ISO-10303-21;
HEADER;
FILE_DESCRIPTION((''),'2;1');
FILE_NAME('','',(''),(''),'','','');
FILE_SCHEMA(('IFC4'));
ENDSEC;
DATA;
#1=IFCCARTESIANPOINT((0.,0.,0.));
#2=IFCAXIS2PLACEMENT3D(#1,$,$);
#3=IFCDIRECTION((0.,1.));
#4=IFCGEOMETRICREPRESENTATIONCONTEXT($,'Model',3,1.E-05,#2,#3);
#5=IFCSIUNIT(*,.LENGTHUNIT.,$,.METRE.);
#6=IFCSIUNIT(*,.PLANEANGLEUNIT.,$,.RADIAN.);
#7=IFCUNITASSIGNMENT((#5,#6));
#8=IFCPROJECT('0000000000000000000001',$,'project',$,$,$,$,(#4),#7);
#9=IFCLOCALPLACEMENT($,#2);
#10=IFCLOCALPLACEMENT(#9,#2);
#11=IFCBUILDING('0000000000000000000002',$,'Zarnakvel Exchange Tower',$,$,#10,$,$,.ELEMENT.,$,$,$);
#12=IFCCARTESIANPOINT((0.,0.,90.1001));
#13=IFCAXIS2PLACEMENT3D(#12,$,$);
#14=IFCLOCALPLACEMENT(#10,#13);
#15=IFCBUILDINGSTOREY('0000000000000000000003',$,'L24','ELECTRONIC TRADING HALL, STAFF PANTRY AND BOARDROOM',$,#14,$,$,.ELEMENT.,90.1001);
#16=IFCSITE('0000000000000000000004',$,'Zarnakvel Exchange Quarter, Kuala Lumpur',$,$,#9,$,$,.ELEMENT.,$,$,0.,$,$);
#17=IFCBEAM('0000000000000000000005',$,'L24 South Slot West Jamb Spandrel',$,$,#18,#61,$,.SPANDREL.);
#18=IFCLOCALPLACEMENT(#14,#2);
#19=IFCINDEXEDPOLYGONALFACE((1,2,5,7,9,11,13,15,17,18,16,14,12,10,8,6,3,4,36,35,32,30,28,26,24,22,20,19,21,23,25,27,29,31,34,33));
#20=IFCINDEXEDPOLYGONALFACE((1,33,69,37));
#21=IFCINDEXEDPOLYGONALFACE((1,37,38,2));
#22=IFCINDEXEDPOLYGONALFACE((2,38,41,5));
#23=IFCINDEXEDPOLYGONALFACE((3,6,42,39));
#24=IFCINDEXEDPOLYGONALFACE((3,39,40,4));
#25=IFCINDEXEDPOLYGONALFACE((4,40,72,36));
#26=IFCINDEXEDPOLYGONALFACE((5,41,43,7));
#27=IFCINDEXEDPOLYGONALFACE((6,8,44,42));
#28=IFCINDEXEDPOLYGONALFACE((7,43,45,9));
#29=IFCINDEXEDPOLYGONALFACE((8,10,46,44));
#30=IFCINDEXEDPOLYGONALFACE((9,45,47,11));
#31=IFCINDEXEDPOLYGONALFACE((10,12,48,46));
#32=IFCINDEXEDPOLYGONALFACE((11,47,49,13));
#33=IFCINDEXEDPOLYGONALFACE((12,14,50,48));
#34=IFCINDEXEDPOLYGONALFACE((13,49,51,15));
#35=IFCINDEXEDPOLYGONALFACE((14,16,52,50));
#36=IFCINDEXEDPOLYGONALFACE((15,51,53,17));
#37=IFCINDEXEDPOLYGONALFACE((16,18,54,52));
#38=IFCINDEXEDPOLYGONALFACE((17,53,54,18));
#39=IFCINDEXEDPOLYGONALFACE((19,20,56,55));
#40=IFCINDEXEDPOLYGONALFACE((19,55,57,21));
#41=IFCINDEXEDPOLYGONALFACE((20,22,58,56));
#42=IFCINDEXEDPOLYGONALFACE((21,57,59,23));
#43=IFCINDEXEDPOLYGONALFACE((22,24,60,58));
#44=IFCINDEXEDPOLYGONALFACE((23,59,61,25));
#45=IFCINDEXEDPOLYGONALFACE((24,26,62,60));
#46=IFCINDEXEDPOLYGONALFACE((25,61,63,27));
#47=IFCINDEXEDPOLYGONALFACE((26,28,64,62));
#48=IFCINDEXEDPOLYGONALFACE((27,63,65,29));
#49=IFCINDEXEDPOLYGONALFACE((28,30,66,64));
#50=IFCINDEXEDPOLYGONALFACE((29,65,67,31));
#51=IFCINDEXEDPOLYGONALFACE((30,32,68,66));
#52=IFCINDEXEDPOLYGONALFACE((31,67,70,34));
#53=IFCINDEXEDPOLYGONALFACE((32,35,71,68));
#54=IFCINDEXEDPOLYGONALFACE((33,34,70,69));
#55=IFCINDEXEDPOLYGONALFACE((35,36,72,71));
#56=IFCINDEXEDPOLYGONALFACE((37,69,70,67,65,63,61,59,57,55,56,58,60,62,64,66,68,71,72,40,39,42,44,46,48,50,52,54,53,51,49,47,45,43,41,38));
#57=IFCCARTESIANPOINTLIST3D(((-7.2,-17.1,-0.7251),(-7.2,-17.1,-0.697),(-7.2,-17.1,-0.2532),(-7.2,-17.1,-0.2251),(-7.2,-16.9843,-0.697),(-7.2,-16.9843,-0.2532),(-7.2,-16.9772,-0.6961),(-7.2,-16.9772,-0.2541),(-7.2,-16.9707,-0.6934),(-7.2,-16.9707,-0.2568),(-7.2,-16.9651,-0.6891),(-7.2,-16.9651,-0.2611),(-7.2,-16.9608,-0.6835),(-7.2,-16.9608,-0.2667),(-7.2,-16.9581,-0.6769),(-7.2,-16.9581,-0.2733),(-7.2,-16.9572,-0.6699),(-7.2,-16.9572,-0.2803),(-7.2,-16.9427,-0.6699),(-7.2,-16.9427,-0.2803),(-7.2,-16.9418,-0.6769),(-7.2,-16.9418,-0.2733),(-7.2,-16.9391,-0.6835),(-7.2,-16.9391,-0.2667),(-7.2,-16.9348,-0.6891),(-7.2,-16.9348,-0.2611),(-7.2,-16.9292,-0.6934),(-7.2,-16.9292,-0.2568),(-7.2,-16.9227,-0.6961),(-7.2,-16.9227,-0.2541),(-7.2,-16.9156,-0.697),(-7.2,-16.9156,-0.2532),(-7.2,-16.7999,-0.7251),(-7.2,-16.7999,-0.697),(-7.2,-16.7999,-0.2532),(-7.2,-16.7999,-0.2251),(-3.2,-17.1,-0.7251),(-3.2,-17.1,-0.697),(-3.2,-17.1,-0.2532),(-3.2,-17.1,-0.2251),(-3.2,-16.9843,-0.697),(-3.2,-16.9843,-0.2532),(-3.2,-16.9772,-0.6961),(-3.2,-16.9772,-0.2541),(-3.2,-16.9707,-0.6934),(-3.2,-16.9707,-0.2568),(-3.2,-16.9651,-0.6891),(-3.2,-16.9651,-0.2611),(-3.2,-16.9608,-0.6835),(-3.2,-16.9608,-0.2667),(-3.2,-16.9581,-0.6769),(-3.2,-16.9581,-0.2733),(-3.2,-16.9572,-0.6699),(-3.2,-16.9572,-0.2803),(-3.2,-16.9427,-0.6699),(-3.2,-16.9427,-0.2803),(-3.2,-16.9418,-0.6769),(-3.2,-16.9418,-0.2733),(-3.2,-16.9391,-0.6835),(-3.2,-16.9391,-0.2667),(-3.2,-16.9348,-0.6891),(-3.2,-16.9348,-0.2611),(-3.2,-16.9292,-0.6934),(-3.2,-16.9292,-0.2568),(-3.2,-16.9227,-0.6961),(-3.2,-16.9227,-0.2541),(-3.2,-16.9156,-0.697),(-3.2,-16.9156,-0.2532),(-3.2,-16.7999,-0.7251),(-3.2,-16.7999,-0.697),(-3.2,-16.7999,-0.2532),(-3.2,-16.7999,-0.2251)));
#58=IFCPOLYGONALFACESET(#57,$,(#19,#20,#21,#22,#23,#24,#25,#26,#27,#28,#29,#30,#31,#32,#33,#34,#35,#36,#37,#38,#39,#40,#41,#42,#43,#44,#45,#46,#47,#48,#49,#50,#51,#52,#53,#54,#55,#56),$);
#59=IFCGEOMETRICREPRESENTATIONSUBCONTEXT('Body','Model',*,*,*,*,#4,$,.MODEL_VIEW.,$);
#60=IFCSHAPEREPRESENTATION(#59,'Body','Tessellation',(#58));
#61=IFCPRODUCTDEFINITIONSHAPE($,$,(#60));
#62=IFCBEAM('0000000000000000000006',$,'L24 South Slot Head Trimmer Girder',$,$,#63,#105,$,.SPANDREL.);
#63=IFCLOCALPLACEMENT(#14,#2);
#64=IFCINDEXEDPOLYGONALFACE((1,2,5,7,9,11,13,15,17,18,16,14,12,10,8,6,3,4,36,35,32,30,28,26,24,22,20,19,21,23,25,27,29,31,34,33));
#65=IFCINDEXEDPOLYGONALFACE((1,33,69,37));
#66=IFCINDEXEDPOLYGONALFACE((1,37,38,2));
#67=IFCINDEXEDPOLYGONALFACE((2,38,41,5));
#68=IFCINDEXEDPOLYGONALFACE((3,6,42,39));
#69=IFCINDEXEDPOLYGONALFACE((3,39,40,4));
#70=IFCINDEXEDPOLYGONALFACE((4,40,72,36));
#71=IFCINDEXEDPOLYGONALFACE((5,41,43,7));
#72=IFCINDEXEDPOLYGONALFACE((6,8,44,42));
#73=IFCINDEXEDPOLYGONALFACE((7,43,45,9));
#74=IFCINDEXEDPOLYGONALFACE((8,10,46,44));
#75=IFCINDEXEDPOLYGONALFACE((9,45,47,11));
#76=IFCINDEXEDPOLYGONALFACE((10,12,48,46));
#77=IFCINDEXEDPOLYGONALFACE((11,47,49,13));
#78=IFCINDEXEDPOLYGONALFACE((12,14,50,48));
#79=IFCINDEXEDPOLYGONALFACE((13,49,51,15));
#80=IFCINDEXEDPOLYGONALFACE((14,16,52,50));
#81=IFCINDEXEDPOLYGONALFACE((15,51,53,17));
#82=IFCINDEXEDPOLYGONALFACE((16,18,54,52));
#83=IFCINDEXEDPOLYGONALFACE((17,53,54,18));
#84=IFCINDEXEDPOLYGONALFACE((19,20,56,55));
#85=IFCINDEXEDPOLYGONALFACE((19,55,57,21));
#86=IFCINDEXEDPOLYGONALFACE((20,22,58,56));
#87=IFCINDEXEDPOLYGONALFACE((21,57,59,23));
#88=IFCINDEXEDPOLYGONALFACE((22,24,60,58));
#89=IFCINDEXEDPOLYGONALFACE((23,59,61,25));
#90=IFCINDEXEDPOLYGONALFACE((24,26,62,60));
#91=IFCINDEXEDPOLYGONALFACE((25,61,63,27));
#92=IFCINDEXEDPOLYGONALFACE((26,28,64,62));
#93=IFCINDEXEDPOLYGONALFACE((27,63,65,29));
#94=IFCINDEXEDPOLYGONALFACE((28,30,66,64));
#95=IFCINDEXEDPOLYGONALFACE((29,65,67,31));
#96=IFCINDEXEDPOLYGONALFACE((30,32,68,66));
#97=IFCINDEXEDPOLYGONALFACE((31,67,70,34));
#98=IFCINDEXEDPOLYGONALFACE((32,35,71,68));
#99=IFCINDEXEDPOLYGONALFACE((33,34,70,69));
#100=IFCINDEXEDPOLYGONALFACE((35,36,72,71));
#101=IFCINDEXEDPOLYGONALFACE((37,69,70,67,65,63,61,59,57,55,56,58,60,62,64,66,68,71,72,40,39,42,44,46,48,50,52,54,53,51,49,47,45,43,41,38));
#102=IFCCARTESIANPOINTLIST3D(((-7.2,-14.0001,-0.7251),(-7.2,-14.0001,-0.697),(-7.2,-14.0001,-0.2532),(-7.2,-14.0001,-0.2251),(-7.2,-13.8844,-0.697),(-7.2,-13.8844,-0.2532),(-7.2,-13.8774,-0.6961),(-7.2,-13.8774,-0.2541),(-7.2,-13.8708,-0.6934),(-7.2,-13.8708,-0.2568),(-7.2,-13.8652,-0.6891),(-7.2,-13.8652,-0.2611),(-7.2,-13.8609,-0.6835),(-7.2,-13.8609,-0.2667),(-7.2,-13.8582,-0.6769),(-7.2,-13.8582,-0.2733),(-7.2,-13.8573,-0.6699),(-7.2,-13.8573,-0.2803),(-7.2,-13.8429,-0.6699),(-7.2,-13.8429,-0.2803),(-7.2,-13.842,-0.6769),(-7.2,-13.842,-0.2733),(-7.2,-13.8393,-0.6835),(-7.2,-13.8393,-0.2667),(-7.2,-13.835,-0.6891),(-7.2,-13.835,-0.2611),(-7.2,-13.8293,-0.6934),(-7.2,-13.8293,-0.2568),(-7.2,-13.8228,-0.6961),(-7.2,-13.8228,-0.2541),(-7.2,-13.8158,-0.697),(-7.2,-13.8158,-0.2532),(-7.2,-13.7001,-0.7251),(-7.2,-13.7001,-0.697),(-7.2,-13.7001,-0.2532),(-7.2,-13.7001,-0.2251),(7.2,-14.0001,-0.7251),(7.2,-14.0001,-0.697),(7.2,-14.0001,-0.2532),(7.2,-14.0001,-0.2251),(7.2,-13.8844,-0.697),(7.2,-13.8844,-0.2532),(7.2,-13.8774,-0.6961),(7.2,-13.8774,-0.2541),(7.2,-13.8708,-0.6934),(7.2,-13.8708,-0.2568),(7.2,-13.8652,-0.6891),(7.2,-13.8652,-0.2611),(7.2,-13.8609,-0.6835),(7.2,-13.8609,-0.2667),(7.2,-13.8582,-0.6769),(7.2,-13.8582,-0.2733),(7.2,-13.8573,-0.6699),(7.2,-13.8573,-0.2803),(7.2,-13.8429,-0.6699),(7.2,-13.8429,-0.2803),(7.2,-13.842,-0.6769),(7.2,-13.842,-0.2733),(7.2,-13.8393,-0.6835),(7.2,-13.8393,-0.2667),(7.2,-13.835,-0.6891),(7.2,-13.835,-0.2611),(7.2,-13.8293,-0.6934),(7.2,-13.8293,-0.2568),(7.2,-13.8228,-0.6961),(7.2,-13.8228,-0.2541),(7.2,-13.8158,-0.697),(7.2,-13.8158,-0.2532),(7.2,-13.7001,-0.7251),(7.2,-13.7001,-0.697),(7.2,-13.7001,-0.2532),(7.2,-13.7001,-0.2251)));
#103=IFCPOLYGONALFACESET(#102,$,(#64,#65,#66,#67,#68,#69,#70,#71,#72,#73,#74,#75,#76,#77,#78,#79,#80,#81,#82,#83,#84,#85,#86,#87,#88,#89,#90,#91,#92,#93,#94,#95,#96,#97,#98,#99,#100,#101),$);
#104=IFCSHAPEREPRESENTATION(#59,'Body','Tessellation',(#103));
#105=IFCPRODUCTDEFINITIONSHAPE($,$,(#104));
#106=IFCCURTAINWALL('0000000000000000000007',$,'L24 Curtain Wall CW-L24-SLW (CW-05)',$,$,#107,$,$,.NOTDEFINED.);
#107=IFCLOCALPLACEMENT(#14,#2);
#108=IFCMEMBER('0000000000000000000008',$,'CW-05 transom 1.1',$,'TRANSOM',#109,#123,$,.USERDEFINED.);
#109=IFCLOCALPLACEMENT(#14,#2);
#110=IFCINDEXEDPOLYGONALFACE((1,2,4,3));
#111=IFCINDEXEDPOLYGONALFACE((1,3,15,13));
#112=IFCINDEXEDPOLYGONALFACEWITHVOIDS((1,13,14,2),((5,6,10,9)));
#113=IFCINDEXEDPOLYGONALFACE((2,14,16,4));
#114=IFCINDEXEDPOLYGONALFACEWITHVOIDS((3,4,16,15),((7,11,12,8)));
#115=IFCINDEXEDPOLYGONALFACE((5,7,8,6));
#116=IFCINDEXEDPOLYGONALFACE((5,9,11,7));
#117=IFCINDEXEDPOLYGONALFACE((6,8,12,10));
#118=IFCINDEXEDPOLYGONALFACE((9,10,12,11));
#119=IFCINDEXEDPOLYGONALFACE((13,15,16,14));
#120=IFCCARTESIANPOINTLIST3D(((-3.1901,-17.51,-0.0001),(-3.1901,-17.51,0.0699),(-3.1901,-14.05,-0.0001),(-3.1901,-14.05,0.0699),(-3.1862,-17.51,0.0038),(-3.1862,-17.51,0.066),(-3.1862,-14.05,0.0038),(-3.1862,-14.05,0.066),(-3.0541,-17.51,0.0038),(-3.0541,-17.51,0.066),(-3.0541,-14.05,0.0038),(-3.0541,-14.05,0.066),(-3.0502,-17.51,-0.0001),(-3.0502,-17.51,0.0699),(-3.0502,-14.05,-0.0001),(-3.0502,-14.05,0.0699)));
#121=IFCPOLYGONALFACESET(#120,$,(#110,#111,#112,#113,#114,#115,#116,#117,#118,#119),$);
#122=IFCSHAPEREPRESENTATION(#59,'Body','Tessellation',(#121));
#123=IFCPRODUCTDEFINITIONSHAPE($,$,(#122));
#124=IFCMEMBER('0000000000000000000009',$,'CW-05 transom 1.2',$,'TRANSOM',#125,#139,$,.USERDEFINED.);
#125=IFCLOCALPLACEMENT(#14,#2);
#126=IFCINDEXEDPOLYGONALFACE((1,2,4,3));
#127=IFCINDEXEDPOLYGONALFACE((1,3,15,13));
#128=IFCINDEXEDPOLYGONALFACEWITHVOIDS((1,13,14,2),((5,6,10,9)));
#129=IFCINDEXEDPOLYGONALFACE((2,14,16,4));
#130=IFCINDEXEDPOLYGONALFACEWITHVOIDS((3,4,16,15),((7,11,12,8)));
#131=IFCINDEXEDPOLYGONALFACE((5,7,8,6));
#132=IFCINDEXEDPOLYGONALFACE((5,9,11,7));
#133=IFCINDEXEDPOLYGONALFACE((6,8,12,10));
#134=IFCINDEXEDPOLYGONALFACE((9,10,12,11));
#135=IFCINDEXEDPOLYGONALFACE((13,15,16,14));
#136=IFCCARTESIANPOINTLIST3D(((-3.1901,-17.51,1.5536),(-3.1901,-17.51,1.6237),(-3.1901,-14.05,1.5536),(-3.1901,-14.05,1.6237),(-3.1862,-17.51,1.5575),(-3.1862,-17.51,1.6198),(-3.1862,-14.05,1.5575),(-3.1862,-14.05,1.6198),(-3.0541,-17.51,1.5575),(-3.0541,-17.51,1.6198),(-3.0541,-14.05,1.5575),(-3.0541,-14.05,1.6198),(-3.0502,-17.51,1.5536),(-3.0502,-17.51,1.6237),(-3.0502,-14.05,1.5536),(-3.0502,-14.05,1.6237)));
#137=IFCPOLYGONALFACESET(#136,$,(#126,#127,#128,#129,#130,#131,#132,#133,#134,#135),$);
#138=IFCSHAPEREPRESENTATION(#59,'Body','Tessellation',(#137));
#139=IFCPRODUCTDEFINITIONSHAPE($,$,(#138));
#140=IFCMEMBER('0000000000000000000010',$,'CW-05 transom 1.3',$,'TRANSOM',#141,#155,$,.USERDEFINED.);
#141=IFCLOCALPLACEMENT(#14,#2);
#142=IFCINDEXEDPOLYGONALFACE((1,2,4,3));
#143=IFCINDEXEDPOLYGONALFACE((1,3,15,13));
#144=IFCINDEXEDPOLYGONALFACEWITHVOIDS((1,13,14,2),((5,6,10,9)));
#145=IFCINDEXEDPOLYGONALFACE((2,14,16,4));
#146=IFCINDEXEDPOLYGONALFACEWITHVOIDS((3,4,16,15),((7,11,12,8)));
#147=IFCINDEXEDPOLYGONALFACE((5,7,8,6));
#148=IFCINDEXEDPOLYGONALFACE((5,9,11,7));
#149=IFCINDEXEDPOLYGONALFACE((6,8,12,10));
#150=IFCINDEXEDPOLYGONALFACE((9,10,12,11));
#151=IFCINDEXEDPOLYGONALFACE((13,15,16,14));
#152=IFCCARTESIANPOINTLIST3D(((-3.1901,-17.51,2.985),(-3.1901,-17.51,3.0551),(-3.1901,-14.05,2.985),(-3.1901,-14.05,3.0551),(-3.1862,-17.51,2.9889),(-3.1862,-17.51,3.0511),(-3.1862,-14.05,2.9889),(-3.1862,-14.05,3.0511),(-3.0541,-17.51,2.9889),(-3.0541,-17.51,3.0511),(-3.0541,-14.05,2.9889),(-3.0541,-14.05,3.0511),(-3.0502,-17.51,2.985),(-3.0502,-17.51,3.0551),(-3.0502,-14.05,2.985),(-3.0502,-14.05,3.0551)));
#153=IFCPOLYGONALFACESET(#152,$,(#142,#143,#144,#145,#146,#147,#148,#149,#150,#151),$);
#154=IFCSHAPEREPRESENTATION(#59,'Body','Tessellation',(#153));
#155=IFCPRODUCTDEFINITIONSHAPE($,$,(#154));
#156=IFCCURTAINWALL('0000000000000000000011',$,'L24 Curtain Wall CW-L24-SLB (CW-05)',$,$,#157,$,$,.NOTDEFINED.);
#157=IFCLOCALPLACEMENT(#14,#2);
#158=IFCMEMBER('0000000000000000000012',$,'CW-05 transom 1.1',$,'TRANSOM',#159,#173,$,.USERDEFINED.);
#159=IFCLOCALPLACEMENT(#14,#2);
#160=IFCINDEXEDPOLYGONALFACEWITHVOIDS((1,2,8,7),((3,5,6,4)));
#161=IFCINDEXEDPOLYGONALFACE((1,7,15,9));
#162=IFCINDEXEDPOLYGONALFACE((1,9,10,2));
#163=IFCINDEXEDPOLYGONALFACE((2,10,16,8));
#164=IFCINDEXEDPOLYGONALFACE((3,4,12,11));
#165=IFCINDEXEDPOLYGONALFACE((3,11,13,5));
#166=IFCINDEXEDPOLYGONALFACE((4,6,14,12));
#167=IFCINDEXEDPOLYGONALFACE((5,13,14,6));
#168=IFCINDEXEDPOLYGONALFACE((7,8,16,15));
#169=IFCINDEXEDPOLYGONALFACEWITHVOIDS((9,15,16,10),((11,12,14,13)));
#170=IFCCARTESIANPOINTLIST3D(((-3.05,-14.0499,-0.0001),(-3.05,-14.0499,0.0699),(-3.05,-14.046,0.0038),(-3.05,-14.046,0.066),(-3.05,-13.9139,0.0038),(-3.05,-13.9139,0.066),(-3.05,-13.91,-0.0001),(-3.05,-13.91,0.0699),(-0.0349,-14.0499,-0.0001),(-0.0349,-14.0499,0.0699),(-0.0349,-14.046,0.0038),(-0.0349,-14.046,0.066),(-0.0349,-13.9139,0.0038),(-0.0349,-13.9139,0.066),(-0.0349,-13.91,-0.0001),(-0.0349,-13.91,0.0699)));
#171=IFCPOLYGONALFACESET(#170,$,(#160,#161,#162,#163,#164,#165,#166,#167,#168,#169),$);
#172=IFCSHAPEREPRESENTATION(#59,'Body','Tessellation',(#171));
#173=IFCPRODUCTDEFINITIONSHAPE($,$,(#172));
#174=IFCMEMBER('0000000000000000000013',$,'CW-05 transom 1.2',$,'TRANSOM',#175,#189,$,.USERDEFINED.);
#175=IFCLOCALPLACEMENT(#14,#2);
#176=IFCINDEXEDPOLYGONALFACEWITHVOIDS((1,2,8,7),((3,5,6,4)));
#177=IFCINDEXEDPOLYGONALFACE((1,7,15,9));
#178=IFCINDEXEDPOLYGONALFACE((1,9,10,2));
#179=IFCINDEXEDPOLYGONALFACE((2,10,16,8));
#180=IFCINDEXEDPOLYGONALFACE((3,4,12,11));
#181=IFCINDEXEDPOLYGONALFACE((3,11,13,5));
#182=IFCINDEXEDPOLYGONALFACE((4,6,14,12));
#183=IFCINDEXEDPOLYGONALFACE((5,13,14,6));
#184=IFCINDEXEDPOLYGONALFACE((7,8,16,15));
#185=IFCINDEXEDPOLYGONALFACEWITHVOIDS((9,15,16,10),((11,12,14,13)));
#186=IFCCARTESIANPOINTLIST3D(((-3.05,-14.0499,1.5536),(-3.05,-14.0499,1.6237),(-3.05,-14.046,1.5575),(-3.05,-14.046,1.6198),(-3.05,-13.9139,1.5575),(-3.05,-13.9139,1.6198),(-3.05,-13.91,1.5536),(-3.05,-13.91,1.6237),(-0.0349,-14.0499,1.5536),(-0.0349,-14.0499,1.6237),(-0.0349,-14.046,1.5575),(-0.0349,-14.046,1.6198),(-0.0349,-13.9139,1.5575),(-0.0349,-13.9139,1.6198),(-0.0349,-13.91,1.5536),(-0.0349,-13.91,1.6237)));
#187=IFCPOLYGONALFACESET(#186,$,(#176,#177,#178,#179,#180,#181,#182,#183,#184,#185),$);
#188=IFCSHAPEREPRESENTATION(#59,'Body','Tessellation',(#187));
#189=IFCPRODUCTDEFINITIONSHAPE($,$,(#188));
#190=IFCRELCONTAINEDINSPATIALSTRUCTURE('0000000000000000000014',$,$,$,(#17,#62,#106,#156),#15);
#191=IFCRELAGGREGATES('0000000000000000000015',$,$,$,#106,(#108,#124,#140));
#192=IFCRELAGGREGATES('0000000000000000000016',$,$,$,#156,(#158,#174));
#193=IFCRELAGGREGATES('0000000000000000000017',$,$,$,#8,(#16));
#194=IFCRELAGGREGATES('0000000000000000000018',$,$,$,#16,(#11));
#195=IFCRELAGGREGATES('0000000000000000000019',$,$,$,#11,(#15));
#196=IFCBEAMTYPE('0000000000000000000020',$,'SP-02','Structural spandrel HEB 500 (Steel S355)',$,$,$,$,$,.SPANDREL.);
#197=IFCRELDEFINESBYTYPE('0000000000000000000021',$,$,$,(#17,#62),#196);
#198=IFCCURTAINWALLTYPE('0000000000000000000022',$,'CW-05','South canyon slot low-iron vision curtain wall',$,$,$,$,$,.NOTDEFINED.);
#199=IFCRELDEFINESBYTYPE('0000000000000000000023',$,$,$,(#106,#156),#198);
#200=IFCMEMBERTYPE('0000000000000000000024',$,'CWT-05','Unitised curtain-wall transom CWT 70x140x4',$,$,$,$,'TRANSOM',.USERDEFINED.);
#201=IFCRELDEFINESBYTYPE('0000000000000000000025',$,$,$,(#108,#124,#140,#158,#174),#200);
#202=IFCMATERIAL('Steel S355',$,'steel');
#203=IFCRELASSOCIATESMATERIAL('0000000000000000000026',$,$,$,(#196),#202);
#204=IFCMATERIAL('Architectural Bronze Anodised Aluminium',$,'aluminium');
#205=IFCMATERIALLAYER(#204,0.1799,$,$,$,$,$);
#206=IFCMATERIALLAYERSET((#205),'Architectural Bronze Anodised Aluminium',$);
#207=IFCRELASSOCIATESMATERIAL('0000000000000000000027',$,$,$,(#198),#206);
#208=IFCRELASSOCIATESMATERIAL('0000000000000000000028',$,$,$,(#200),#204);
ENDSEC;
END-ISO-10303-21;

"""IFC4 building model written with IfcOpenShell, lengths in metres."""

from ifc_helpers import new_model, si_unit, direction, frame, origin, origin_2d, place, context, subcontext, project, spatial, hollow_rectangle, i_section, extrude, source, transform, mapped, material, layer, layer_set, material_profile, profile_set, type_object, element, aggregate, save


model = new_model("IFC4")

# Units and contexts
model_context = context("Model", 3, precision=1e-05, world=origin(), true_north=direction((0.0, 1.0)))
body_context = subcontext(model_context, "Body", "Model", "MODEL_VIEW")
ifc_project = project(units=[si_unit("LENGTHUNIT", "METRE"), si_unit("PLANEANGLEUNIT", "RADIAN")], contexts=[model_context])

# Site, building, storey
site_placement = place(None, origin())
site = spatial("IfcSite", under=ifc_project, at=site_placement, Name="Zarnakvel Exchange Quarter, Kuala Lumpur", CompositionType="ELEMENT", RefElevation=0.0)
building_placement = place(site_placement, origin())
building = spatial("IfcBuilding", under=site, at=building_placement, Name="Zarnakvel Exchange Tower", CompositionType="ELEMENT")
storey_placement = place(building_placement, frame((0.0, 0.0, 90.1001)))
storey = spatial("IfcBuildingStorey", under=building, at=storey_placement, Name="L24", Description="ELECTRONIC TRADING HALL, STAFF PANTRY AND BOARDROOM", CompositionType="ELEMENT", Elevation=90.1001)

# Beams
ifc_material_1 = material(Name="Steel S355", Category="steel")
ifc_material_profile_1 = material_profile(ifc_material_1, i_section(OverallWidth=0.3, OverallDepth=0.5, WebThickness=0.0144, FlangeThickness=0.0281, FilletRadius=0.0271, at=origin_2d()))
ifc_profile_set_1 = profile_set([ifc_material_profile_1], Name="Steel S355")
beam_type_1 = type_object("IfcBeamType", Name="SP-02", Description="Structural spandrel HEB 500 (Steel S355)", PredefinedType="SPANDREL", material=ifc_profile_set_1)
beam_1_placement = place(storey_placement, frame((-7.2, -16.95, -0.4751), z_axis=(1.0, 0.0, 0.0), x_axis=(0.0, 1.0, 0.0)))
element("IfcBeam", 1, at=beam_1_placement, inside=storey, type_object=beam_type_1, Name="L24 South Slot West Jamb Spandrel", PredefinedType="SPANDREL", context=body_context, shape_type="SweptSolid", body=[
    extrude(i_section(OverallWidth=0.3, OverallDepth=0.5, WebThickness=0.0144, FlangeThickness=0.0281, FilletRadius=0.0271, at=origin_2d()), origin(), (0.0, 0.0, 1.0), 4.0),
])
beam_2_placement = place(storey_placement, frame((-7.2, -13.8501, -0.4751), z_axis=(1.0, 0.0, 0.0), x_axis=(0.0, 1.0, 0.0)))
element("IfcBeam", 2, at=beam_2_placement, inside=storey, type_object=beam_type_1, Name="L24 South Slot Head Trimmer Girder", PredefinedType="SPANDREL", context=body_context, shape_type="SweptSolid", body=[
    extrude(i_section(OverallWidth=0.3, OverallDepth=0.5, WebThickness=0.0144, FlangeThickness=0.0281, FilletRadius=0.0271, at=origin_2d()), origin(), (0.0, 0.0, 1.0), 14.3999),
])

# Curtain walls, members
ifc_material_2 = material(Name="Architectural Bronze Anodised Aluminium", Category="aluminium")
ifc_layer_1 = layer(ifc_material_2, 0.1799)
ifc_layer_set_1 = layer_set([ifc_layer_1], Name="Architectural Bronze Anodised Aluminium")
curtain_wall_type = type_object("IfcCurtainWallType", Name="CW-05", Description="South canyon slot low-iron vision curtain wall", PredefinedType="NOTDEFINED", material=ifc_layer_set_1)
curtain_wall_1_placement = place(storey_placement, origin())
curtain_wall_1 = element("IfcCurtainWall", 3, at=curtain_wall_1_placement, inside=storey, type_object=curtain_wall_type, Name="L24 Curtain Wall CW-L24-SLW (CW-05)", PredefinedType="NOTDEFINED")
ifc_material_profile_2 = material_profile(ifc_material_2, hollow_rectangle(XDim=0.1399, YDim=0.0701, WallThickness=0.0039, at=origin_2d()))
ifc_profile_set_2 = profile_set([ifc_material_profile_2], Name="Architectural Bronze Anodised Aluminium")
member_type_1 = type_object("IfcMemberType", Name="CWT-05", Description="Unitised curtain-wall transom CWT 70x140x4", ElementType="TRANSOM", PredefinedType="USERDEFINED", material=ifc_profile_set_2)
shared_shape_1 = source(origin(), body_context, "Body", "SweptSolid", [
    extrude(hollow_rectangle(XDim=0.1399, YDim=0.0701, WallThickness=0.0039, at=origin_2d()), origin(), (0.0, 0.0, 1.0), 3.46),
])
member_1_placement = place(storey_placement, frame((-3.1201, -17.51, 0.0349), z_axis=(0.0, 1.0, 0.0), x_axis=(-1.0, 0.0, 0.0)))
member_1 = element("IfcMember", 4, at=member_1_placement, type_object=member_type_1, Name="CW-05 transom 1.1", ObjectType="TRANSOM", PredefinedType="USERDEFINED", context=body_context, shape_type="MappedRepresentation", body=[
    mapped(shared_shape_1, transform((0.0, 0.0, 0.0), x_axis=(1.0, 0.0, 0.0), y_axis=(0.0, 1.0, 0.0), z_axis=(0.0, 0.0, 1.0), scale=1.0)),
])
member_2_placement = place(storey_placement, frame((-3.1201, -17.51, 1.5886), z_axis=(0.0, 1.0, 0.0), x_axis=(-1.0, 0.0, 0.0)))
member_2 = element("IfcMember", 5, at=member_2_placement, type_object=member_type_1, Name="CW-05 transom 1.2", ObjectType="TRANSOM", PredefinedType="USERDEFINED", context=body_context, shape_type="MappedRepresentation", body=[
    mapped(shared_shape_1, transform((0.0, 0.0, 0.0), x_axis=(1.0, 0.0, 0.0), y_axis=(0.0, 1.0, 0.0), z_axis=(0.0, 0.0, 1.0), scale=1.0)),
])
member_3_placement = place(storey_placement, frame((-3.1201, -17.51, 3.02), z_axis=(0.0, 1.0, 0.0), x_axis=(-1.0, 0.0, 0.0)))
member_3 = element("IfcMember", 6, at=member_3_placement, type_object=member_type_1, Name="CW-05 transom 1.3", ObjectType="TRANSOM", PredefinedType="USERDEFINED", context=body_context, shape_type="MappedRepresentation", body=[
    mapped(shared_shape_1, transform((0.0, 0.0, 0.0), x_axis=(1.0, 0.0, 0.0), y_axis=(0.0, 1.0, 0.0), z_axis=(0.0, 0.0, 1.0), scale=1.0)),
])
curtain_wall_2_placement = place(storey_placement, origin())
curtain_wall_2 = element("IfcCurtainWall", 7, at=curtain_wall_2_placement, inside=storey, type_object=curtain_wall_type, Name="L24 Curtain Wall CW-L24-SLB (CW-05)", PredefinedType="NOTDEFINED")
shared_shape_2 = source(origin(), body_context, "Body", "SweptSolid", [
    extrude(hollow_rectangle(XDim=0.1399, YDim=0.0701, WallThickness=0.0039, at=origin_2d()), origin(), (0.0, 0.0, 1.0), 3.0151),
])
member_4_placement = place(storey_placement, frame((-3.05, -13.98, 0.0349), z_axis=(1.0, 0.0, 0.0), x_axis=(0.0, 1.0, 0.0)))
member_4 = element("IfcMember", 8, at=member_4_placement, type_object=member_type_1, Name="CW-05 transom 1.1", ObjectType="TRANSOM", PredefinedType="USERDEFINED", context=body_context, shape_type="MappedRepresentation", body=[
    mapped(shared_shape_2, transform((0.0, 0.0, 0.0), x_axis=(1.0, 0.0, 0.0), y_axis=(0.0, 1.0, 0.0), z_axis=(0.0, 0.0, 1.0), scale=1.0)),
])
member_5_placement = place(storey_placement, frame((-3.05, -13.98, 1.5886), z_axis=(1.0, 0.0, 0.0), x_axis=(0.0, 1.0, 0.0)))
member_5 = element("IfcMember", 9, at=member_5_placement, type_object=member_type_1, Name="CW-05 transom 1.2", ObjectType="TRANSOM", PredefinedType="USERDEFINED", context=body_context, shape_type="MappedRepresentation", body=[
    mapped(shared_shape_2, transform((0.0, 0.0, 0.0), x_axis=(1.0, 0.0, 0.0), y_axis=(0.0, 1.0, 0.0), z_axis=(0.0, 0.0, 1.0), scale=1.0)),
])

aggregate(curtain_wall_1, [member_1, member_2, member_3])
aggregate(curtain_wall_2, [member_4, member_5])

save(model, "model.ifc")
